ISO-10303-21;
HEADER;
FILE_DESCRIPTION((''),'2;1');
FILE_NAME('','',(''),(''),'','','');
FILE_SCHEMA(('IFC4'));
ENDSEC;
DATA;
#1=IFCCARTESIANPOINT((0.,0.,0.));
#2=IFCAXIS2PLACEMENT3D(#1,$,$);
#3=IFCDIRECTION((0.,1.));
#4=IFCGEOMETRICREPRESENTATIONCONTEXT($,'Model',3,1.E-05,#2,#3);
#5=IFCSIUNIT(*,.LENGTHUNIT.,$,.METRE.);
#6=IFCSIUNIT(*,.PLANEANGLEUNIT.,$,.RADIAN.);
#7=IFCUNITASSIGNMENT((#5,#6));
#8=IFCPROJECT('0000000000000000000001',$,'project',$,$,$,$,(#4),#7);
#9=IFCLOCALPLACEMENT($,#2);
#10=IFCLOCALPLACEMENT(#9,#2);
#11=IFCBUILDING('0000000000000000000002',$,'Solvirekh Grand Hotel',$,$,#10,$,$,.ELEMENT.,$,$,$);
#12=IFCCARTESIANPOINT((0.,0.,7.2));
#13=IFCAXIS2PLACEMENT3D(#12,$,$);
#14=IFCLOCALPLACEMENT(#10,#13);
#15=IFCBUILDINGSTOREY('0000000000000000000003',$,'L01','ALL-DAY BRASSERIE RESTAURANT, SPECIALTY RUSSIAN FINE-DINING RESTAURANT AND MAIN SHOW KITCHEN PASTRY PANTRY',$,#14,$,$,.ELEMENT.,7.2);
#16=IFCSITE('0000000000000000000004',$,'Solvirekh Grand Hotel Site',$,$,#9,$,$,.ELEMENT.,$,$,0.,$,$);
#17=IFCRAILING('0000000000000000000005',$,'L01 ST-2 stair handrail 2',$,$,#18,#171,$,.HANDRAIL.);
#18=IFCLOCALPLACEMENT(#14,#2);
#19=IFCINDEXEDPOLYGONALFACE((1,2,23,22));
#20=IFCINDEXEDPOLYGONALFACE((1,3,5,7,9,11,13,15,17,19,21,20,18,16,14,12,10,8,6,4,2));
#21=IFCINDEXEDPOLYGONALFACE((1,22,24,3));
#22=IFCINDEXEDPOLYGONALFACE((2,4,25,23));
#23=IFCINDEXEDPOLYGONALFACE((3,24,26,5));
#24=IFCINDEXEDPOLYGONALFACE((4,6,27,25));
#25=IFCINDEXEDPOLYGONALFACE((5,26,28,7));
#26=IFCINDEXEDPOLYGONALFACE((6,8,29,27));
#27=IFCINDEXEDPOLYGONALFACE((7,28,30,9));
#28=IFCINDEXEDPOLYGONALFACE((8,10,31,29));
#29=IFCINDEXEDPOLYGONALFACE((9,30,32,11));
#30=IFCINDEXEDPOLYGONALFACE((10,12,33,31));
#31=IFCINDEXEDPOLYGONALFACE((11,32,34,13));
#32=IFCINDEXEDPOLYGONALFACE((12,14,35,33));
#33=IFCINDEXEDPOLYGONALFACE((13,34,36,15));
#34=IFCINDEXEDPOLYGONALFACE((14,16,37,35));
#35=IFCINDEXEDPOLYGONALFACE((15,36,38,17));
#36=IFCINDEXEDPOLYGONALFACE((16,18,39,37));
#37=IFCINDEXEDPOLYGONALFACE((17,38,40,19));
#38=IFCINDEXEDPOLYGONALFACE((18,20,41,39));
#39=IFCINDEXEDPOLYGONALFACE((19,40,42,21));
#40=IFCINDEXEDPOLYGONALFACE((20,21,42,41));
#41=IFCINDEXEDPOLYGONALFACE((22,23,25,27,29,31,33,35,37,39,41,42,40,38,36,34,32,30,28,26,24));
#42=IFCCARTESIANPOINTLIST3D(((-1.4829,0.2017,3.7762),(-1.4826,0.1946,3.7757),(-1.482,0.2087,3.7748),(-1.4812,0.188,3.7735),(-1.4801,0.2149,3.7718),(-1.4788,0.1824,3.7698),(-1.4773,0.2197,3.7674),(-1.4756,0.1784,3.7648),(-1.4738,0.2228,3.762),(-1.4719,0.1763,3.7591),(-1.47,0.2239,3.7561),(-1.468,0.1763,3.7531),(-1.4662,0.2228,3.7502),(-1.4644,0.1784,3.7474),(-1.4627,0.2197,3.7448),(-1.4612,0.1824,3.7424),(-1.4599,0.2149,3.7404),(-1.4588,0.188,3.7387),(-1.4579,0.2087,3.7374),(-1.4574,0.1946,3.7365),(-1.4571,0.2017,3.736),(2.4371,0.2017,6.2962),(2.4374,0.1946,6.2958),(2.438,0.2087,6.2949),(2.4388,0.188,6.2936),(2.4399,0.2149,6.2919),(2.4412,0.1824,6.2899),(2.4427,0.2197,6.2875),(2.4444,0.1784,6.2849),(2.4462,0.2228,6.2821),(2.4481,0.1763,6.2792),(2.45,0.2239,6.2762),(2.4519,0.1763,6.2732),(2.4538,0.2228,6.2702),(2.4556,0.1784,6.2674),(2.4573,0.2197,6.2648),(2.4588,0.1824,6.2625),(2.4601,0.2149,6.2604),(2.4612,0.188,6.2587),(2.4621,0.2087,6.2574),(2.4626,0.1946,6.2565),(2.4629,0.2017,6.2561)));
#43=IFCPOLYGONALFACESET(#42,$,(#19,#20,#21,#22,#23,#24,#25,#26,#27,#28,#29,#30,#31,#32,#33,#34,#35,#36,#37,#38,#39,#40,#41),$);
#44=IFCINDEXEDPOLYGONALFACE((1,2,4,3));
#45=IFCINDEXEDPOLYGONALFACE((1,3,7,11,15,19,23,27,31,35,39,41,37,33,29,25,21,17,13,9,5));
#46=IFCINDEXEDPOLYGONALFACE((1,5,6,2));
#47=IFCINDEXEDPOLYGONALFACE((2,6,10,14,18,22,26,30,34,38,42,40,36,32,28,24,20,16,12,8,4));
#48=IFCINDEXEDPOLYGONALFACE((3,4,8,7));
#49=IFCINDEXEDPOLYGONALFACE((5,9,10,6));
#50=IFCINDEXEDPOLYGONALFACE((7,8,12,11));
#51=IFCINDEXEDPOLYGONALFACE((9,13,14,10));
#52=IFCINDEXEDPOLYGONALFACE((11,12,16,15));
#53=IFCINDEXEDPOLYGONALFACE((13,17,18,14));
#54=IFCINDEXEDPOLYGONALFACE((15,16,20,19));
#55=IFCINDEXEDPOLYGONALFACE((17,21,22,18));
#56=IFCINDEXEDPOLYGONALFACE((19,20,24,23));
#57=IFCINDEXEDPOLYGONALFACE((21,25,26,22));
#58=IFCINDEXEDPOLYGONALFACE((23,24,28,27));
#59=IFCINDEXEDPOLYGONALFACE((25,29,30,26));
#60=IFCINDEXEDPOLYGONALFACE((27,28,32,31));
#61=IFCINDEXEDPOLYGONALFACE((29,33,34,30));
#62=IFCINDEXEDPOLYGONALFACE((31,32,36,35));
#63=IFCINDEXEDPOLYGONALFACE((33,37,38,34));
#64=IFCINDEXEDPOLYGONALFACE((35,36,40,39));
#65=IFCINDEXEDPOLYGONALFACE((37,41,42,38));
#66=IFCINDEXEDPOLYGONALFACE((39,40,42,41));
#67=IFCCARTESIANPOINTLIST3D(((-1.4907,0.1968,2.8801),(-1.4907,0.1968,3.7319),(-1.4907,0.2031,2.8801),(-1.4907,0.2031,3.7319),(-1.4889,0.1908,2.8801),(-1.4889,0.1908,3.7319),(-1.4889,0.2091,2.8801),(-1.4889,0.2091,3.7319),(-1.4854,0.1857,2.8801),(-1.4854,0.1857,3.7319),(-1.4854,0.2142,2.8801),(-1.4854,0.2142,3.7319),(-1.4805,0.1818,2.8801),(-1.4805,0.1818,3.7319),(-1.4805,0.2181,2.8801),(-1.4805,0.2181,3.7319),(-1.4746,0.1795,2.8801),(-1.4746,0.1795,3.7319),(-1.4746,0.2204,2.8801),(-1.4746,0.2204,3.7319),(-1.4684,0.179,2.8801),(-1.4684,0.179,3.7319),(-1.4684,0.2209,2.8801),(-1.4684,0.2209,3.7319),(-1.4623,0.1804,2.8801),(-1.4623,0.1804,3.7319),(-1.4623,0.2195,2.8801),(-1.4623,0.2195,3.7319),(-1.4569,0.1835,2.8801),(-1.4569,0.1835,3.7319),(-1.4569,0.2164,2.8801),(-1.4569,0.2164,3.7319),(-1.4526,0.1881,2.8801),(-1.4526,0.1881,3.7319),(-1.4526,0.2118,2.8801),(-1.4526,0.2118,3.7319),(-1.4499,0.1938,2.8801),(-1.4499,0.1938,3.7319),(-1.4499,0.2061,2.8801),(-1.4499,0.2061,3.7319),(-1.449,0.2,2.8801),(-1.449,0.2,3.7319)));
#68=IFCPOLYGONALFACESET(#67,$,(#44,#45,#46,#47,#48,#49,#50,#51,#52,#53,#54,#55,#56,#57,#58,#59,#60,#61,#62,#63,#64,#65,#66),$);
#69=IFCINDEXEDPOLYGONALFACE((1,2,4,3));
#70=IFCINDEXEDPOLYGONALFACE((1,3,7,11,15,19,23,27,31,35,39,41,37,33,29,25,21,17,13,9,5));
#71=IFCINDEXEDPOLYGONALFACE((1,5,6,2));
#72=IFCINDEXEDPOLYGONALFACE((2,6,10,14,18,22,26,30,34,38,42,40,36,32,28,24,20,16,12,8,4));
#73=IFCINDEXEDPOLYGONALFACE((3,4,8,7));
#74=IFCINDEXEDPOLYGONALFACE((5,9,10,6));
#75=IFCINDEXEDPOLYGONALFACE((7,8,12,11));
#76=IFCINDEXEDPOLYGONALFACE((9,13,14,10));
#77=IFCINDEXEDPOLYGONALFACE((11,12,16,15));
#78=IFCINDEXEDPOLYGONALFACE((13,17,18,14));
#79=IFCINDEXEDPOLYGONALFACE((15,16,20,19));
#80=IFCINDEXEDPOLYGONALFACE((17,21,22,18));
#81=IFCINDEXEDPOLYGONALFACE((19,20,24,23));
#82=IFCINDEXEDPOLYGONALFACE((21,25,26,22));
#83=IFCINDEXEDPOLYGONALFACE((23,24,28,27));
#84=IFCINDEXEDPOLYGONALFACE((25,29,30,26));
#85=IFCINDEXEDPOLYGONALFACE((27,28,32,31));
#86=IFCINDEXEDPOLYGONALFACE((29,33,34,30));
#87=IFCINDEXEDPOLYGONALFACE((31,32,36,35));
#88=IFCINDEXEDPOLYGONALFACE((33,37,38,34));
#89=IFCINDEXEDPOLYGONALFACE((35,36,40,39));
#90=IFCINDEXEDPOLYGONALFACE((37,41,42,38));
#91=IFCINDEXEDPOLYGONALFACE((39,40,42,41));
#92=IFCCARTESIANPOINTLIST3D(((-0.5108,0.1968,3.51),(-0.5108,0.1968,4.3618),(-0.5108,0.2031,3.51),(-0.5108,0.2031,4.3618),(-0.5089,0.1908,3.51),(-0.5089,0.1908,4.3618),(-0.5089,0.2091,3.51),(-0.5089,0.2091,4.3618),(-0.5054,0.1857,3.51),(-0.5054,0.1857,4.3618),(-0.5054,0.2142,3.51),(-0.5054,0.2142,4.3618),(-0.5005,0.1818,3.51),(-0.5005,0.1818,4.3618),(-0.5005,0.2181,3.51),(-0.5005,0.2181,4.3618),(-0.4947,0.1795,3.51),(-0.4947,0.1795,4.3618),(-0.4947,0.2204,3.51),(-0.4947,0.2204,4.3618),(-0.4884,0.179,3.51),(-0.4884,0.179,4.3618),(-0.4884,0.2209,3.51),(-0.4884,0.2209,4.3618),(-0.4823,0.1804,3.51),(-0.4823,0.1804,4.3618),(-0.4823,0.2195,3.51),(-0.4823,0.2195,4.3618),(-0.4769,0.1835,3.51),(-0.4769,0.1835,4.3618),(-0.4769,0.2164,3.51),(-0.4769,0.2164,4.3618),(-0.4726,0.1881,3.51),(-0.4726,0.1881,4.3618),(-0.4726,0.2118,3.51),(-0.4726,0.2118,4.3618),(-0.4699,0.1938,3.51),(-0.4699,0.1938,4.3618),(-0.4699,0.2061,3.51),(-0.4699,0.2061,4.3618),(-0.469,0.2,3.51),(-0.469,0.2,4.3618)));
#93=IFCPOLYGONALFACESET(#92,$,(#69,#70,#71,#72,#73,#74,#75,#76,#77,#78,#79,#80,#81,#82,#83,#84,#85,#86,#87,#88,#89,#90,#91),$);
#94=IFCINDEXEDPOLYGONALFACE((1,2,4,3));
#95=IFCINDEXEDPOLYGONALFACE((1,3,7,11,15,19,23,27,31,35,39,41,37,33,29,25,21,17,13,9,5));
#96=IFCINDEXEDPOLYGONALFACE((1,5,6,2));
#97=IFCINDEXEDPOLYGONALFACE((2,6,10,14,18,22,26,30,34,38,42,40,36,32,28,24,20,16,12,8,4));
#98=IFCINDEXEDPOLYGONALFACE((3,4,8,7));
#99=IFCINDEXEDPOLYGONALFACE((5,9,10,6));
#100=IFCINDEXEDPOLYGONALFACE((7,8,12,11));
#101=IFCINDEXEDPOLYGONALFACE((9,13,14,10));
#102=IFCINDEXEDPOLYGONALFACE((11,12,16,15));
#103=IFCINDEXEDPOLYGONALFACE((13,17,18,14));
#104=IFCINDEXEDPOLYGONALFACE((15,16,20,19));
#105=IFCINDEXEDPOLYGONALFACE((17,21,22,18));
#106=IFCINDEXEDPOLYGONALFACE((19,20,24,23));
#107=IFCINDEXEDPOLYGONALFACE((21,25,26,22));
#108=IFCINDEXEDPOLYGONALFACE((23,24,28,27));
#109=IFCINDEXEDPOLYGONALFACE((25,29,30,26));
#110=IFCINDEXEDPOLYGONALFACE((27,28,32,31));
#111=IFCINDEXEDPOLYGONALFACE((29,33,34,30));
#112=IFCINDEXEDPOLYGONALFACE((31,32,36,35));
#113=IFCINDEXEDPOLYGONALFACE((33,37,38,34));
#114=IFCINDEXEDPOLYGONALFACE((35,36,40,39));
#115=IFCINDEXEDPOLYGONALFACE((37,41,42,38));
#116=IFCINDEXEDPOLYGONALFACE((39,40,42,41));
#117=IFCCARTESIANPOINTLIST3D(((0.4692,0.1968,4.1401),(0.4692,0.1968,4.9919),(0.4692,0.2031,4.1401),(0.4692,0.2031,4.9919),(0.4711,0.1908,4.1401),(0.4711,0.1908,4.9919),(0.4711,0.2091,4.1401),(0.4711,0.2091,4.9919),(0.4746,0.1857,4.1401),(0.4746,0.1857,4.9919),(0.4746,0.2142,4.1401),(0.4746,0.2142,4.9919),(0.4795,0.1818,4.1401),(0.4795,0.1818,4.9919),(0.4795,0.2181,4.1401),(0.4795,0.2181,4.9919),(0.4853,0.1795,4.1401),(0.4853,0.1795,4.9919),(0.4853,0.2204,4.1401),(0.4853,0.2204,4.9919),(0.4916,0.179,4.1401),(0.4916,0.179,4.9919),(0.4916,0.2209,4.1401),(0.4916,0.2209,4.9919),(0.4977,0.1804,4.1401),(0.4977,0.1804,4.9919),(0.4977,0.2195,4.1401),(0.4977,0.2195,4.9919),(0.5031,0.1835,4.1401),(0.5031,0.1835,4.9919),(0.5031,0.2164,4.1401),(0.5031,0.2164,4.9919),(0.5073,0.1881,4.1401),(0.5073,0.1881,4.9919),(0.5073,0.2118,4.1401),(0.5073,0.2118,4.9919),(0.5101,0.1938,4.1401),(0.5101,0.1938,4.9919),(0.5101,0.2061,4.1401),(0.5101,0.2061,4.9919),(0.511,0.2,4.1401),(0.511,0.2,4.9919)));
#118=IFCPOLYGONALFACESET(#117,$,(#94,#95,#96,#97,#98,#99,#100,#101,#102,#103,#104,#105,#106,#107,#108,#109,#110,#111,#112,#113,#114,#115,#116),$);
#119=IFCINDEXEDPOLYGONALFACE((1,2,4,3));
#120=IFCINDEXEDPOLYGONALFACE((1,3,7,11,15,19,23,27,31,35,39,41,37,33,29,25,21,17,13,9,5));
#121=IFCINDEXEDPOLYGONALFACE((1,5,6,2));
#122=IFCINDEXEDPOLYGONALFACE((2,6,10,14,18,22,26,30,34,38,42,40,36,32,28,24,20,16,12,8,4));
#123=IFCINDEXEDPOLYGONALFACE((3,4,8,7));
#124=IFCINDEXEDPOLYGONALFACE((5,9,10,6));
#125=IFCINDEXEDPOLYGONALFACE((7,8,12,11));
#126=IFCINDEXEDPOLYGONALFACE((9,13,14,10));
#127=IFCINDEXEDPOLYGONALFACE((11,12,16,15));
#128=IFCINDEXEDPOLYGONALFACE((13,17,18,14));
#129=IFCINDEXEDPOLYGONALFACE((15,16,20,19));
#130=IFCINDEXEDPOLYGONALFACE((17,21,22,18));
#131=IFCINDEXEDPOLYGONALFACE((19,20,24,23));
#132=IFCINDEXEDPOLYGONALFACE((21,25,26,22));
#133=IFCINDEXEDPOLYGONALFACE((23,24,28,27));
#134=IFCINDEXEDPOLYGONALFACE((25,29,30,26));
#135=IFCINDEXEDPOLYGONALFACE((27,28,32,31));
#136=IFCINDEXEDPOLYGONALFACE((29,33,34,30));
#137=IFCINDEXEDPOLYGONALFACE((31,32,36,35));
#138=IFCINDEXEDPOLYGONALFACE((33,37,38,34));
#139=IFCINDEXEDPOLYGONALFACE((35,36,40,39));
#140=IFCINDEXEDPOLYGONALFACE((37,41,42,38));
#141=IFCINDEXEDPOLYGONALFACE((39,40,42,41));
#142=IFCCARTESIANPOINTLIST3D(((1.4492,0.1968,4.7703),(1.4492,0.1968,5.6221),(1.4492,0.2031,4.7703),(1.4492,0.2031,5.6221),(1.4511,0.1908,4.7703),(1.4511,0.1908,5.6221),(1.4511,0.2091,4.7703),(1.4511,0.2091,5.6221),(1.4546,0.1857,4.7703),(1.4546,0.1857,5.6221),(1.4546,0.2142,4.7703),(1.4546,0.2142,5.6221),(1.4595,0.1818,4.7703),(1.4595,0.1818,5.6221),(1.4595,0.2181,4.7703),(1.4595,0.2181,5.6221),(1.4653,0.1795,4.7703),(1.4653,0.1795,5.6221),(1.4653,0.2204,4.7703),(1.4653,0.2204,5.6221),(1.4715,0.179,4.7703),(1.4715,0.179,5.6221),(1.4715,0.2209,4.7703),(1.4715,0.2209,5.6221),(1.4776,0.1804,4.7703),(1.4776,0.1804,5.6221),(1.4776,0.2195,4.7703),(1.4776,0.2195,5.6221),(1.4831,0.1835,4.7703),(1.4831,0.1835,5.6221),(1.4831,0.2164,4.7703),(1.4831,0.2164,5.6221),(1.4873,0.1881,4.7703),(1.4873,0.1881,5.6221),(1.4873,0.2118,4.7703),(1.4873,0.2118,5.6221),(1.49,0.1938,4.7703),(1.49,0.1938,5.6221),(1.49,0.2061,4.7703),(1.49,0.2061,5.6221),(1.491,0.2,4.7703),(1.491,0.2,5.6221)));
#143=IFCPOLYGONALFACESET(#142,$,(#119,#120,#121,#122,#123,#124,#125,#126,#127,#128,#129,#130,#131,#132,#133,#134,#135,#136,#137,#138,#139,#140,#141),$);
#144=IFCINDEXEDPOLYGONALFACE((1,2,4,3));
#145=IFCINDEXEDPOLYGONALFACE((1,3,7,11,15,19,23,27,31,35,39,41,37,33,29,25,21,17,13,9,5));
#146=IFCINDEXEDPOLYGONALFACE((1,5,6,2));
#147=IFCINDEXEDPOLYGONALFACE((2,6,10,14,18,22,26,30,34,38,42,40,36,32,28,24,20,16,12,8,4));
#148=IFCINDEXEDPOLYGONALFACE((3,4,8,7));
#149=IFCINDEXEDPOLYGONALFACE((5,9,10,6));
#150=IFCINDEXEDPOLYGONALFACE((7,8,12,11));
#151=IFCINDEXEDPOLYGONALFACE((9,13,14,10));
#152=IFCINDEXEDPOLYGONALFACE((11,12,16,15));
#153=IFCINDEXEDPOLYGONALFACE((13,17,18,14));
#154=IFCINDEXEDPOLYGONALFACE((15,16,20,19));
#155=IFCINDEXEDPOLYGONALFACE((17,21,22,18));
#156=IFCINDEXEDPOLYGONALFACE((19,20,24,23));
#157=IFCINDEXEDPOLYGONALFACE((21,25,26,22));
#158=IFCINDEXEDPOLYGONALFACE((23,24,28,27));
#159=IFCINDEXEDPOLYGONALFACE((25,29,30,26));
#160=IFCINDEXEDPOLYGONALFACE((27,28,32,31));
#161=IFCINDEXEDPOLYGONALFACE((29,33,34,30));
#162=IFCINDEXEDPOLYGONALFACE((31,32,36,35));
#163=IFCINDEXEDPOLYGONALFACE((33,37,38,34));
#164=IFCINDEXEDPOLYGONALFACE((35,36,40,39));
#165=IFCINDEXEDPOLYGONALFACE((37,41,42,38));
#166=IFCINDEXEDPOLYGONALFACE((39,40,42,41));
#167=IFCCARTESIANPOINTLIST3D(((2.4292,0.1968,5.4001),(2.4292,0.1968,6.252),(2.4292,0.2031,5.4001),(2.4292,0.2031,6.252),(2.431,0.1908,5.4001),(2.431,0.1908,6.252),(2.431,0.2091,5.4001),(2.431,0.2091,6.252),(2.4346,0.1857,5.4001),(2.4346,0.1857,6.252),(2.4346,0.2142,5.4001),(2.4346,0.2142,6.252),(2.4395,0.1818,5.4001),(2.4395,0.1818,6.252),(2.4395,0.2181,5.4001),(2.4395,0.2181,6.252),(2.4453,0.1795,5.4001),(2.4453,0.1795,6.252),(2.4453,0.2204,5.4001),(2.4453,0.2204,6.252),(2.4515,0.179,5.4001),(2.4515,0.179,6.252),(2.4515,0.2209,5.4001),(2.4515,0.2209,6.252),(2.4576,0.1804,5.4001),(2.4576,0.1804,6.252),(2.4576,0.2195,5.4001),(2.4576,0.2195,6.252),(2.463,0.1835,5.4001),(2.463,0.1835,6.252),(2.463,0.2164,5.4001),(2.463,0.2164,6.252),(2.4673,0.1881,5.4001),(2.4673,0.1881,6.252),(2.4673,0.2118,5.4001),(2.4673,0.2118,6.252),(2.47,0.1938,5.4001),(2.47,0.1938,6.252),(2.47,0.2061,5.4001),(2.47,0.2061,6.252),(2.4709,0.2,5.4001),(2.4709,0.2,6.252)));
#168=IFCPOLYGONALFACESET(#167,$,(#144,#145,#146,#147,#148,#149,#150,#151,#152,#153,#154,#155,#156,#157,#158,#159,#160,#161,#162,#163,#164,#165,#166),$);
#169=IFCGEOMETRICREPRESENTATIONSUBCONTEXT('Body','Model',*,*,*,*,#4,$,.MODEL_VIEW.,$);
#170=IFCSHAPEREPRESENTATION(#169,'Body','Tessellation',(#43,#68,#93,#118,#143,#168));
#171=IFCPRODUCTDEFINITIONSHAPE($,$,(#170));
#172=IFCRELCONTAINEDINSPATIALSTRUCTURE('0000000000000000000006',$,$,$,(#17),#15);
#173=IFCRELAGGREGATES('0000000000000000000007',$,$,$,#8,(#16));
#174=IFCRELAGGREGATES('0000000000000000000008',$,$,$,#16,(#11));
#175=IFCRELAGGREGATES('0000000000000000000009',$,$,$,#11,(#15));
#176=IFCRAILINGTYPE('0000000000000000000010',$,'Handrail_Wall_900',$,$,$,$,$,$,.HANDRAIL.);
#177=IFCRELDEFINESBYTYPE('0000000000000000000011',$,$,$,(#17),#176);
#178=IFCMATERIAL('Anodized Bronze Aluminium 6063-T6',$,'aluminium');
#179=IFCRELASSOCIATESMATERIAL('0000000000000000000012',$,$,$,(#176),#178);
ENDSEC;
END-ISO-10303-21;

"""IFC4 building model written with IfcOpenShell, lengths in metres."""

from ifc_helpers import new_model, si_unit, direction, frame, origin, origin_2d, place, context, subcontext, project, spatial, circle, extrude, material, type_object, element, save


model = new_model("IFC4")

# Units and contexts
model_context = context("Model", 3, precision=1e-05, world=origin(), true_north=direction((0.0, 1.0)))
body_context = subcontext(model_context, "Body", "Model", "MODEL_VIEW")
ifc_project = project(units=[si_unit("LENGTHUNIT", "METRE"), si_unit("PLANEANGLEUNIT", "RADIAN")], contexts=[model_context])

# Site, building, storey
site_placement = place(None, origin())
site = spatial("IfcSite", under=ifc_project, at=site_placement, Name="Solvirekh Grand Hotel Site", CompositionType="ELEMENT", RefElevation=0.0)
building_placement = place(site_placement, origin())
building = spatial("IfcBuilding", under=site, at=building_placement, Name="Solvirekh Grand Hotel", CompositionType="ELEMENT")
storey_placement = place(building_placement, frame((0.0, 0.0, 7.2)))
storey = spatial("IfcBuildingStorey", under=building, at=storey_placement, Name="L01", Description="ALL-DAY BRASSERIE RESTAURANT, SPECIALTY RUSSIAN FINE-DINING RESTAURANT AND MAIN SHOW KITCHEN PASTRY PANTRY", CompositionType="ELEMENT", Elevation=7.2)

# Railing
ifc_material_1 = material(Name="Anodized Bronze Aluminium 6063-T6", Category="aluminium")
railing_type_1 = type_object("IfcRailingType", Name="Handrail_Wall_900", PredefinedType="HANDRAIL", material=ifc_material_1)
railing_1_placement = place(storey_placement, frame((-1.47, 0.2, 2.8801)))
element("IfcRailing", 1, at=railing_1_placement, inside=storey, type_object=railing_type_1, Name="L01 ST-2 stair handrail 2", PredefinedType="HANDRAIL", context=body_context, shape_type="SweptSolid", body=[
    extrude(circle(Radius=0.0239, at=origin_2d()), frame((0.0, 0.0, 0.876), z_axis=(0.841172, 0.0, 0.540768), x_axis=(0.0, 1.0, 0.0)), (0.0, 0.0, 1.0), 4.6602),
    extrude(circle(Radius=0.021, at=origin_2d()), origin(), (0.0, 0.0, 1.0), 0.8518),
    extrude(circle(Radius=0.021, at=origin_2d()), frame((0.98, 0.0, 0.6299)), (0.0, 0.0, 1.0), 0.8518),
    extrude(circle(Radius=0.021, at=origin_2d()), frame((1.96, 0.0, 1.26)), (0.0, 0.0, 1.0), 0.8518),
    extrude(circle(Radius=0.021, at=origin_2d()), frame((2.9399, 0.0, 1.8901)), (0.0, 0.0, 1.0), 0.8518),
    extrude(circle(Radius=0.021, at=origin_2d()), frame((3.9199, 0.0, 2.52)), (0.0, 0.0, 1.0), 0.8518),
])

save(model, "model.ifc")
